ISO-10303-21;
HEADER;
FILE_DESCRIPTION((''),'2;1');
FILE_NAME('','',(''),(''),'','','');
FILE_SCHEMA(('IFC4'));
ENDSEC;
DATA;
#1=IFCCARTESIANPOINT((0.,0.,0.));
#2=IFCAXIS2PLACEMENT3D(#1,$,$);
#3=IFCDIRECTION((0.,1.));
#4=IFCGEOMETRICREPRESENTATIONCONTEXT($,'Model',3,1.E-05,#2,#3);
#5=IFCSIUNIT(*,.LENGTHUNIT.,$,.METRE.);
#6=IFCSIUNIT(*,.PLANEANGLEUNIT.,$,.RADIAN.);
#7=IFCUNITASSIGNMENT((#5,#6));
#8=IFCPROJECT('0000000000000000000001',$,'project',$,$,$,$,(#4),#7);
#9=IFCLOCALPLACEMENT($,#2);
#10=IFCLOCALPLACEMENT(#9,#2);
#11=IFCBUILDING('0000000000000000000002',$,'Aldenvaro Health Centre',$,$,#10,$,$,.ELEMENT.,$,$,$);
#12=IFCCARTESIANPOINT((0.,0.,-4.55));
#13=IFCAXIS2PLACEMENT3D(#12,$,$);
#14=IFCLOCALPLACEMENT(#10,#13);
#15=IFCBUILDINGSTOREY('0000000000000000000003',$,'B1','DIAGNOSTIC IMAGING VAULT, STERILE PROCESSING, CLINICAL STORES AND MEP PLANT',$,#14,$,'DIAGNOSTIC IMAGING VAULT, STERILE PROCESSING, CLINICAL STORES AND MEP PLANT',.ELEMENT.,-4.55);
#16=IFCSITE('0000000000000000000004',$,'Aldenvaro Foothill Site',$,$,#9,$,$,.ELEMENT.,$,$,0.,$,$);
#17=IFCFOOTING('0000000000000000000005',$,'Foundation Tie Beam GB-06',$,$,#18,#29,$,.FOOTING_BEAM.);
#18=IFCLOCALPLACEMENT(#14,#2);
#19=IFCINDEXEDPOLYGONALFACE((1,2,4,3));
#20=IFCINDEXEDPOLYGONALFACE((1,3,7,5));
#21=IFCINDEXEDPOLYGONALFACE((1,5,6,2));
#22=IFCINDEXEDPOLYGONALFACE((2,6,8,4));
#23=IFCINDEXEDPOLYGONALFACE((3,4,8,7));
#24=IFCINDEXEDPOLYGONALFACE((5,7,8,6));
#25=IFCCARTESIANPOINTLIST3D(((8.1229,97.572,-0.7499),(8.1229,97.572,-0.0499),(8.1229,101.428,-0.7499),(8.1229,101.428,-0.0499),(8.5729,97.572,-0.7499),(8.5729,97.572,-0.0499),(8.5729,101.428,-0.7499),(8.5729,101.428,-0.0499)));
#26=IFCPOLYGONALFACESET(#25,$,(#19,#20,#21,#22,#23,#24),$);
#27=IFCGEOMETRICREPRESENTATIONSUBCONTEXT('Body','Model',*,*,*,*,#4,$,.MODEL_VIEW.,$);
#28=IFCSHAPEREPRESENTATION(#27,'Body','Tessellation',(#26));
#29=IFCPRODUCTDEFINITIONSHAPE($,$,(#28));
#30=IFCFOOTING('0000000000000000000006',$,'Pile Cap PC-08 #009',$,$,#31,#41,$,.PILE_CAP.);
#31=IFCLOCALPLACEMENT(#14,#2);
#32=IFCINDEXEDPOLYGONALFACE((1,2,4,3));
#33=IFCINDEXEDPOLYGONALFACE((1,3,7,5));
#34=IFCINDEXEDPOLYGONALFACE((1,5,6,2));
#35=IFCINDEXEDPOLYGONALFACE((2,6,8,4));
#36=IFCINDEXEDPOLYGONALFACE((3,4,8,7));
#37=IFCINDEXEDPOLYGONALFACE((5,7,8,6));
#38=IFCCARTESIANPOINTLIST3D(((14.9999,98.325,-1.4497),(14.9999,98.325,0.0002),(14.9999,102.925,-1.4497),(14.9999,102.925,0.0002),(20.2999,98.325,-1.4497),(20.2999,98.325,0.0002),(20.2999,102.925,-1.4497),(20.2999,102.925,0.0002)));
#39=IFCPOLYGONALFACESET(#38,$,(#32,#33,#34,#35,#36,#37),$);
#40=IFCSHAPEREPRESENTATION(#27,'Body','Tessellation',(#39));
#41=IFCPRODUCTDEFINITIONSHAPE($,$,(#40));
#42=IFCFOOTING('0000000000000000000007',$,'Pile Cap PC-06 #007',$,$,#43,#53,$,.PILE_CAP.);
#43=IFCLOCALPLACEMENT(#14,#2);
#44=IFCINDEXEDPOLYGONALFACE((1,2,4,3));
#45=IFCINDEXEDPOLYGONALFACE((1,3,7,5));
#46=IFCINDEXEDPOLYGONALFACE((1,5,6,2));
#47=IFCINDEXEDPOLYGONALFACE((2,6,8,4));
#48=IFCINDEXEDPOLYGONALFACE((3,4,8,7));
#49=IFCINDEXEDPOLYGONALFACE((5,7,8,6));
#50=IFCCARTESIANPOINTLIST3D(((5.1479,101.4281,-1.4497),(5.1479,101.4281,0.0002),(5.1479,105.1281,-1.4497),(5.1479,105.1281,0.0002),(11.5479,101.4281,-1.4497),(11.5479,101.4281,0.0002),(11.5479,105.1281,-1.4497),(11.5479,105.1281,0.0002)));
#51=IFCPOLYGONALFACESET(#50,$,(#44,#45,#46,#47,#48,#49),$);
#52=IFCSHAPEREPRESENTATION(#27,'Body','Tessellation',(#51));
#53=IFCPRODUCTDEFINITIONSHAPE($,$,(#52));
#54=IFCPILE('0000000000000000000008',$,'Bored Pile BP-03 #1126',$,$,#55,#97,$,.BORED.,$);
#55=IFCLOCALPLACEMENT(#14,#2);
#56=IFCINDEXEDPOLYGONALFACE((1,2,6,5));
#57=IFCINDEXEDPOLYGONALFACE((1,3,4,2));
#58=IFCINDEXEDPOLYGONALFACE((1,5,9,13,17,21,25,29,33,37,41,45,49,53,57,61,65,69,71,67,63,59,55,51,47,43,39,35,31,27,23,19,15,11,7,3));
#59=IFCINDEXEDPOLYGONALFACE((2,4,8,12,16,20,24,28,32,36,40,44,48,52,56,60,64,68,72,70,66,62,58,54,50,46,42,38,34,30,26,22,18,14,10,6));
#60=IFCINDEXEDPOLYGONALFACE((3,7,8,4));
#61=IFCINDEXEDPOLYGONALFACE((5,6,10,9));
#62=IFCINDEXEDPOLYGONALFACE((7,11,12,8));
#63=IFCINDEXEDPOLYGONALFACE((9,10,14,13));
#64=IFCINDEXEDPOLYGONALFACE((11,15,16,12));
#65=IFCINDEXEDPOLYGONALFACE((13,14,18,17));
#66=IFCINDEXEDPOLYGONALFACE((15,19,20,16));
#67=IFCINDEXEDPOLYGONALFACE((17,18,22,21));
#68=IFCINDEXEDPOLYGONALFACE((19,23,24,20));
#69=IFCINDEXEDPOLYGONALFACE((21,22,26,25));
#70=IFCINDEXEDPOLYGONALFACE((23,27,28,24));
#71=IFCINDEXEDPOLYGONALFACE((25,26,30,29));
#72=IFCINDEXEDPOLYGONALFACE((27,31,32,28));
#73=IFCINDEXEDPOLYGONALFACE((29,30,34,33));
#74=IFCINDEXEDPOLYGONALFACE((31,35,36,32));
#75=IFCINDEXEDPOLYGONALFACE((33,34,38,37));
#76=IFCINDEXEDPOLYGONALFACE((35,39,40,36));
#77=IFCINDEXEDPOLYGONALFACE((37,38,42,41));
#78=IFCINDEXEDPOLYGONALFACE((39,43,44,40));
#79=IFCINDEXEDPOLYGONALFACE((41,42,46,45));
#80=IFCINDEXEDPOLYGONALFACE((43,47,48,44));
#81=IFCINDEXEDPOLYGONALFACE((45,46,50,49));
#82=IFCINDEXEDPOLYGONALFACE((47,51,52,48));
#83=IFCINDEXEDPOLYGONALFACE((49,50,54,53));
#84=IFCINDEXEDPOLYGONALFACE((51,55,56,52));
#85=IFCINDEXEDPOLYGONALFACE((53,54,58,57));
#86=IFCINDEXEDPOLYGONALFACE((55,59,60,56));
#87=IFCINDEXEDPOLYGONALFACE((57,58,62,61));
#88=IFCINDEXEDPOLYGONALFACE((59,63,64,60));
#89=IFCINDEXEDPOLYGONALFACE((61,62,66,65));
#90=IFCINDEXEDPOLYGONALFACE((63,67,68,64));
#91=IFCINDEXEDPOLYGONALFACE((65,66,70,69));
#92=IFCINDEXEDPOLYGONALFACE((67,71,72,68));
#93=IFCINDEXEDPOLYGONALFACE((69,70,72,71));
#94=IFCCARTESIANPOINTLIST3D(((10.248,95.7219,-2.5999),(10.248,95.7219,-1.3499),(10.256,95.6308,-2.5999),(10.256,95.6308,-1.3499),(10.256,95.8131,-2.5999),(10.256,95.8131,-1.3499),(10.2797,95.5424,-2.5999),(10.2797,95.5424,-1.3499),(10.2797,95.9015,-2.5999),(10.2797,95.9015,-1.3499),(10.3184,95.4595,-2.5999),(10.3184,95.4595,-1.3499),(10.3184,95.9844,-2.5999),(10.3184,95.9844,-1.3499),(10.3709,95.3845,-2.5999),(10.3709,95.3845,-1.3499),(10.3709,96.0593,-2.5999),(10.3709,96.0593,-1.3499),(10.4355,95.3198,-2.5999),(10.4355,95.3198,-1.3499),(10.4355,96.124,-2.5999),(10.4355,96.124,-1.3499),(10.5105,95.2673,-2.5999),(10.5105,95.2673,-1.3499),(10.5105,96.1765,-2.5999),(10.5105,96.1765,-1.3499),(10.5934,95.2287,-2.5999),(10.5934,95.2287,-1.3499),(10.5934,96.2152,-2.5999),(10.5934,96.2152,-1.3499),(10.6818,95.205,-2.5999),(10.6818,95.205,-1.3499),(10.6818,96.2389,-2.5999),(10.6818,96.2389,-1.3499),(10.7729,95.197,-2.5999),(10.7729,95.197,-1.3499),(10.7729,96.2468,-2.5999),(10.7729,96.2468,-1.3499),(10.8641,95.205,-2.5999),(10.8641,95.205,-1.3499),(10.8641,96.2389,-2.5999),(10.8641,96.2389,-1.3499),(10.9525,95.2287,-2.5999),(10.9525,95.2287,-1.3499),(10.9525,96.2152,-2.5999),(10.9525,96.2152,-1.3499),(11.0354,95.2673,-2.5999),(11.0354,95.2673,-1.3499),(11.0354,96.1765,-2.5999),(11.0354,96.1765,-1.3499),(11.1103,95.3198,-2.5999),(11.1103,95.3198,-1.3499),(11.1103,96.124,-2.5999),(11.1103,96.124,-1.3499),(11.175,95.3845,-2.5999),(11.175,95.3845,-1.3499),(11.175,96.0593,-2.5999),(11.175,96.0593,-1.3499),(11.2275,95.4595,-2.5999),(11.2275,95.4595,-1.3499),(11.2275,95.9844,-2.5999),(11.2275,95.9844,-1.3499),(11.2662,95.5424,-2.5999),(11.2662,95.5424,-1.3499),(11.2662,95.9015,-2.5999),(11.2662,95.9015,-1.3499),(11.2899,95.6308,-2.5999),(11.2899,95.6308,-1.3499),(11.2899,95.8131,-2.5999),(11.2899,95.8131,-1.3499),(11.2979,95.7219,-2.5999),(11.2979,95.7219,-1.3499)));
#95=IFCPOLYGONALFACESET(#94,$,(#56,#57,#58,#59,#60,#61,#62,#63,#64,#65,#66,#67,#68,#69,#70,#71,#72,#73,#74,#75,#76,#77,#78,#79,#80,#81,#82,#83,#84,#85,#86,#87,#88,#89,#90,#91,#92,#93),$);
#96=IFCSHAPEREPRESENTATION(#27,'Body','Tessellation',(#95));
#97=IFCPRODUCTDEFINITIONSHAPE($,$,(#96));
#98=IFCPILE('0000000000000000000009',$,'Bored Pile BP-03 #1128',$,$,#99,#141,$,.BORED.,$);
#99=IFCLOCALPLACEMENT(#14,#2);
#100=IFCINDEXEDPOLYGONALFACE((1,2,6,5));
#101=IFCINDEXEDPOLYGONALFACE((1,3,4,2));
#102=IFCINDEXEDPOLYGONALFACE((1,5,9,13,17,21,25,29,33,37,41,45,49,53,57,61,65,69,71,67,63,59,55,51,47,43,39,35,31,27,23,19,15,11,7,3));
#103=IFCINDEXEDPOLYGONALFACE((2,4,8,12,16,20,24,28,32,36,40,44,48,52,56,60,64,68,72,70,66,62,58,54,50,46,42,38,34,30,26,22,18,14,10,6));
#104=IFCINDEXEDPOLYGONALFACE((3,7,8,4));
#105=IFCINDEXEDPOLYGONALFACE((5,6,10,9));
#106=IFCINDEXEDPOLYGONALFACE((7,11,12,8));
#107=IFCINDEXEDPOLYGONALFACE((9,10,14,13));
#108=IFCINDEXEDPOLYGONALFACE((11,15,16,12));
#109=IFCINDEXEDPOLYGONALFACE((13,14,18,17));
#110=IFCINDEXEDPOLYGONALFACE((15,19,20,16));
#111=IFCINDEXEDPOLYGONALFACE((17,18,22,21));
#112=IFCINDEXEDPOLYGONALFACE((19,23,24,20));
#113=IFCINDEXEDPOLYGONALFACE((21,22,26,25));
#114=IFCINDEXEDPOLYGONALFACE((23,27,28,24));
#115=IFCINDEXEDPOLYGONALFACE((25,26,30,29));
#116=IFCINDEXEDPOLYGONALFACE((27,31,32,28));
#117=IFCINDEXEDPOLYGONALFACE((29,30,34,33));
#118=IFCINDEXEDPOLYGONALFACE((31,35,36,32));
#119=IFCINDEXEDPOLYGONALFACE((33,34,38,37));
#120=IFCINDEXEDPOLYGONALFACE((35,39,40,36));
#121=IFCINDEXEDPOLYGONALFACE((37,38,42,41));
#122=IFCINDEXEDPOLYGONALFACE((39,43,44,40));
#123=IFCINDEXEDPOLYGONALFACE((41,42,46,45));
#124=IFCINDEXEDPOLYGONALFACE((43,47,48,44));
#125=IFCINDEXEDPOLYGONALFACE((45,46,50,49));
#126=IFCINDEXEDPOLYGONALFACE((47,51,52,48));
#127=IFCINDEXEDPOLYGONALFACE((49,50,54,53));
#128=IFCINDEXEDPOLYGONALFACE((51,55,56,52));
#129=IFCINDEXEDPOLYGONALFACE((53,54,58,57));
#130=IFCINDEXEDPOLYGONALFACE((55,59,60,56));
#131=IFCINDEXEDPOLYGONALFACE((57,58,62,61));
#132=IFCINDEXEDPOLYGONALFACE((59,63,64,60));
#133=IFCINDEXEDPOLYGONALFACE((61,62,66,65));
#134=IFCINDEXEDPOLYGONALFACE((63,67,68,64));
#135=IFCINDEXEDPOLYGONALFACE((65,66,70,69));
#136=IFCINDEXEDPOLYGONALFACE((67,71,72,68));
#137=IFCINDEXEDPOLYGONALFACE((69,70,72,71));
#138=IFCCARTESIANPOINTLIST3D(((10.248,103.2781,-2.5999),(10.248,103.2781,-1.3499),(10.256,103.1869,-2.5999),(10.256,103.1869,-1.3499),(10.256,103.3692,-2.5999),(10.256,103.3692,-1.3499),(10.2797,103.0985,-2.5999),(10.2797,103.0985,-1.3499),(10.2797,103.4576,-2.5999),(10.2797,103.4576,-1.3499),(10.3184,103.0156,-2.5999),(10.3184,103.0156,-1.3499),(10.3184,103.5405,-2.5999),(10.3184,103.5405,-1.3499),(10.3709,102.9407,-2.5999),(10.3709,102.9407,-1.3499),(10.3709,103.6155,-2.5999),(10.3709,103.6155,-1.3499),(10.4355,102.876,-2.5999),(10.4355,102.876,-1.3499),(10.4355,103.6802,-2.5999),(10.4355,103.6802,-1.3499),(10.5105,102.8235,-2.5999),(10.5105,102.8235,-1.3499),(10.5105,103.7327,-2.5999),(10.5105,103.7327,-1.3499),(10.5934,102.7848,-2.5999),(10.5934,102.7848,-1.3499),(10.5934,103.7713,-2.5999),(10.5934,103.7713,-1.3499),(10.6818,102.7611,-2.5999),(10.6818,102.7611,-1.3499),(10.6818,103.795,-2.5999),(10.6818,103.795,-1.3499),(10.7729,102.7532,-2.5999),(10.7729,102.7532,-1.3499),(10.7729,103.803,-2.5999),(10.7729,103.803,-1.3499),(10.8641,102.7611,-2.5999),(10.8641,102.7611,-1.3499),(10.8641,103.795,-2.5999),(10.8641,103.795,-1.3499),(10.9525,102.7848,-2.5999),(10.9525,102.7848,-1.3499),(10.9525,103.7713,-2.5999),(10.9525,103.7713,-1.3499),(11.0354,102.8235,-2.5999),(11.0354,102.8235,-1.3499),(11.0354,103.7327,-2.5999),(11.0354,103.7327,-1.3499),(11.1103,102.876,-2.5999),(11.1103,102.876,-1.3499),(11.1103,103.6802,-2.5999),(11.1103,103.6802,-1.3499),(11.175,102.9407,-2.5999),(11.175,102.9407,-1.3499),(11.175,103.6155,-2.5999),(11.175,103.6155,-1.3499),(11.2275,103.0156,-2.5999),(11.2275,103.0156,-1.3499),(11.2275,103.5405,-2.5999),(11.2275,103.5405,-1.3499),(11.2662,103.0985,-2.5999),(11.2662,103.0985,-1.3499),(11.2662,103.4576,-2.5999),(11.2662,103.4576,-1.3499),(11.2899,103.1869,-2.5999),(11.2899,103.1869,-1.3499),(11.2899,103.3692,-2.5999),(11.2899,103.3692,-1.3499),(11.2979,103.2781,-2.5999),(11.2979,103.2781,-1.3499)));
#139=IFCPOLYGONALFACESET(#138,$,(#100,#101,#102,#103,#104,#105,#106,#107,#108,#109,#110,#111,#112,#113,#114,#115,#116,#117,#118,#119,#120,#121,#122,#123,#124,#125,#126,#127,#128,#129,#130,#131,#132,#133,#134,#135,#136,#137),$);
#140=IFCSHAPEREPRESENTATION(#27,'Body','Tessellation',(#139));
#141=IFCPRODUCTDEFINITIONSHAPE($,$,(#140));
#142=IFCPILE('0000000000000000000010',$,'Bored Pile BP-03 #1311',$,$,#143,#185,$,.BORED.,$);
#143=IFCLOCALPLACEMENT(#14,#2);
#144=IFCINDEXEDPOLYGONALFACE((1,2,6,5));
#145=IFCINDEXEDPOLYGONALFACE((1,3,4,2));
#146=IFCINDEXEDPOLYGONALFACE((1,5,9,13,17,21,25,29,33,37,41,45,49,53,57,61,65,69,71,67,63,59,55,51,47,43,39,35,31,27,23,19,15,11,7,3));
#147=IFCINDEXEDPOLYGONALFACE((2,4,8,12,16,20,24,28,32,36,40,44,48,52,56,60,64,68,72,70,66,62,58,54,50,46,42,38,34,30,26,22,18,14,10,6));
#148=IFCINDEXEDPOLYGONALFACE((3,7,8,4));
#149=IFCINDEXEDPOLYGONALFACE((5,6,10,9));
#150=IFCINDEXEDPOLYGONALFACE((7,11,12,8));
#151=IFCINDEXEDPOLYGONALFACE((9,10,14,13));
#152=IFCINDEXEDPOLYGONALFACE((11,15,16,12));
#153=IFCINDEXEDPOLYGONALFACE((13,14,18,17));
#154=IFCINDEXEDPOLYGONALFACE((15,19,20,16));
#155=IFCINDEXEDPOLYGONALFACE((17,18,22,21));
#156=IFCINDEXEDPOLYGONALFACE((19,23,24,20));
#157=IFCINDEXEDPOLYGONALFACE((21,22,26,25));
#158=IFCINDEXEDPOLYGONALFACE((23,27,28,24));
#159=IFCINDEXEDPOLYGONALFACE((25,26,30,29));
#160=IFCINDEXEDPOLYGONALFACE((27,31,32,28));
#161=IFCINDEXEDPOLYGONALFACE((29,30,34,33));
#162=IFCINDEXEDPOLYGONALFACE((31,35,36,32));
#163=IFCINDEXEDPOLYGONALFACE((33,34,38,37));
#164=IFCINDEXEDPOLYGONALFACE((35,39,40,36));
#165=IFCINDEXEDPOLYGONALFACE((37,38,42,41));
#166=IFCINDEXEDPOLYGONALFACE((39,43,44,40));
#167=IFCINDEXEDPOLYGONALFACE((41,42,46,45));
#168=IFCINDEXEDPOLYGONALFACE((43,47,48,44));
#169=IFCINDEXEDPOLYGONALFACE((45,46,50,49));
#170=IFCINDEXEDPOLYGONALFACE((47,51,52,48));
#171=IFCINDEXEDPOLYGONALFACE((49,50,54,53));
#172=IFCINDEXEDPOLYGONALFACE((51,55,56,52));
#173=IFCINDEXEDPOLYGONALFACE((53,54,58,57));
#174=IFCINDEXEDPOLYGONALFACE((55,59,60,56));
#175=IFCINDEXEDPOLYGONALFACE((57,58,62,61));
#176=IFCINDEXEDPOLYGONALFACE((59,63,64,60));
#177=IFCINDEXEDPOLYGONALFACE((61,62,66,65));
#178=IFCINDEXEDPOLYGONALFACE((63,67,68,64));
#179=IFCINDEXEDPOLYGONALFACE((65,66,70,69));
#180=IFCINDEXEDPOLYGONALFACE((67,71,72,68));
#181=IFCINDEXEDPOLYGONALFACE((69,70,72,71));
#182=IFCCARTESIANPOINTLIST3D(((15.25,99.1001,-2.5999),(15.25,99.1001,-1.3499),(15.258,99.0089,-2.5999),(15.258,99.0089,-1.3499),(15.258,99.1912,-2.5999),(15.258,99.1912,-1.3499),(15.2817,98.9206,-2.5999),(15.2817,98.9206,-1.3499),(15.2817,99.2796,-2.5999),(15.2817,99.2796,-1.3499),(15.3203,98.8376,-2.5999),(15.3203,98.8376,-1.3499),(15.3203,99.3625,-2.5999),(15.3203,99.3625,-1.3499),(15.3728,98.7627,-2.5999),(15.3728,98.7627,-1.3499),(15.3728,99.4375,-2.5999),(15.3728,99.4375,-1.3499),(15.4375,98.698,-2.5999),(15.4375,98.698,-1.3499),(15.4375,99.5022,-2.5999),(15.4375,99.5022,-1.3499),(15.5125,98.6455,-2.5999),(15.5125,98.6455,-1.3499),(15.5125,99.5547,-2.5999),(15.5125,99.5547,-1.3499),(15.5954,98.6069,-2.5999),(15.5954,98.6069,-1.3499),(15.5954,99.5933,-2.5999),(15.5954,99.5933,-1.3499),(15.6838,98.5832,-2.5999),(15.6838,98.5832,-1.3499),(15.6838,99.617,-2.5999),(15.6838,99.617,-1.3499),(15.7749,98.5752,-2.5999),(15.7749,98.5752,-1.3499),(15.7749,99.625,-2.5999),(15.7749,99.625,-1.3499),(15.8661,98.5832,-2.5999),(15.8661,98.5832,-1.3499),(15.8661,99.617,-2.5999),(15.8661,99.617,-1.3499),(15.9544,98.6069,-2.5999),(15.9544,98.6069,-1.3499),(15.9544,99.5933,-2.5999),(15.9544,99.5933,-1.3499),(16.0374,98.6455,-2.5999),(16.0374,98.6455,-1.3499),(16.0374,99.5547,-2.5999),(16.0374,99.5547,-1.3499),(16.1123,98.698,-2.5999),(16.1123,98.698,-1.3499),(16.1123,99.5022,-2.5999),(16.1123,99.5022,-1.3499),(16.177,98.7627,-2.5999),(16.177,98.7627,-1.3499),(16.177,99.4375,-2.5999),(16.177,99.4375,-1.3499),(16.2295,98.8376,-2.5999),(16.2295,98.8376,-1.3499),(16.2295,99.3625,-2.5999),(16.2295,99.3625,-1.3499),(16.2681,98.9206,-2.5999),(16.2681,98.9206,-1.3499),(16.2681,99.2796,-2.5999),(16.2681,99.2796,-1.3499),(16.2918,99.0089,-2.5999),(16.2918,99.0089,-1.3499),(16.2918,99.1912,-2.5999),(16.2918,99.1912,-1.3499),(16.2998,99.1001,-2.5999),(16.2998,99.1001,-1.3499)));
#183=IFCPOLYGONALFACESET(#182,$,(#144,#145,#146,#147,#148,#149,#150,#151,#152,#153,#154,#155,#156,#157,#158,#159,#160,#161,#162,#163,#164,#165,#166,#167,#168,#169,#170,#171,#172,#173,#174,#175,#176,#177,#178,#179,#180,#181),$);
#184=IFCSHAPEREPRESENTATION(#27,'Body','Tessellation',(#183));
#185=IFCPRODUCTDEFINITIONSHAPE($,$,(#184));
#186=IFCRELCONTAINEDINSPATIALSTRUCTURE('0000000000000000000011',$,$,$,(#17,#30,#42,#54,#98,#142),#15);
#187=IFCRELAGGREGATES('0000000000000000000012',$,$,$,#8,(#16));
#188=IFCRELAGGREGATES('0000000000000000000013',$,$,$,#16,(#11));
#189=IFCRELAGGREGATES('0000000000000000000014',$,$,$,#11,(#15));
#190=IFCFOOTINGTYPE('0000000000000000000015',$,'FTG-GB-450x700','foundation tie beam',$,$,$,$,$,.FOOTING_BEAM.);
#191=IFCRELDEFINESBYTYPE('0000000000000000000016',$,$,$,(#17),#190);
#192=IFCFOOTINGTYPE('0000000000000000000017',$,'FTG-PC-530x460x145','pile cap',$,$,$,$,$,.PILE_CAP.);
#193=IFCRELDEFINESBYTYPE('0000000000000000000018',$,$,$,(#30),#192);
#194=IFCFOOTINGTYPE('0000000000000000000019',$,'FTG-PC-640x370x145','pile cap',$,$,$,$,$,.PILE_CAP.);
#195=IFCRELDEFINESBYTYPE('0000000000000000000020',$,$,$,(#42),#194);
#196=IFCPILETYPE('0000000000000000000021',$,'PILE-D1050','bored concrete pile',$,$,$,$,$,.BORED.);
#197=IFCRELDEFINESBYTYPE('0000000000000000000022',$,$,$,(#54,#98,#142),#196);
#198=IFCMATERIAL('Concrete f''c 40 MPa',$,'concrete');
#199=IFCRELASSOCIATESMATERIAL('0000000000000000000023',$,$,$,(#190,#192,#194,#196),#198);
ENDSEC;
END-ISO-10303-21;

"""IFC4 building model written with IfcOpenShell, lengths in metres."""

from ifc_helpers import new_model, si_unit, direction, frame, origin, origin_2d, place, context, subcontext, project, spatial, rectangle, circle, extrude, material, material_profile, profile_set, type_object, element, save


model = new_model("IFC4")

# Units and contexts
model_context = context("Model", 3, precision=1e-05, world=origin(), true_north=direction((0.0, 1.0)))
body_context = subcontext(model_context, "Body", "Model", "MODEL_VIEW")
ifc_project = project(units=[si_unit("LENGTHUNIT", "METRE"), si_unit("PLANEANGLEUNIT", "RADIAN")], contexts=[model_context])

# Site, building, storey
site_placement = place(None, origin())
site = spatial("IfcSite", under=ifc_project, at=site_placement, Name="Aldenvaro Foothill Site", CompositionType="ELEMENT", RefElevation=0.0)
building_placement = place(site_placement, origin())
building = spatial("IfcBuilding", under=site, at=building_placement, Name="Aldenvaro Health Centre", CompositionType="ELEMENT")
storey_placement = place(building_placement, frame((0.0, 0.0, -4.55)))
storey = spatial("IfcBuildingStorey", under=building, at=storey_placement, Name="B1", Description="DIAGNOSTIC IMAGING VAULT, STERILE PROCESSING, CLINICAL STORES AND MEP PLANT", LongName="DIAGNOSTIC IMAGING VAULT, STERILE PROCESSING, CLINICAL STORES AND MEP PLANT", CompositionType="ELEMENT", Elevation=-4.55)

# Footings
ifc_material_1 = material(Name="Concrete f'c 40 MPa", Category="concrete")
ifc_material_profile_1 = material_profile(ifc_material_1, rectangle(XDim=0.45, YDim=0.7, at=origin_2d()), Name="GB 450x700", Category="concrete")
ifc_profile_set_1 = profile_set([ifc_material_profile_1], Name="Concrete f'c 40 MPa")
footing_type_1 = type_object("IfcFootingType", Name="FTG-GB-450x700", Description="foundation tie beam", PredefinedType="FOOTING_BEAM", material=ifc_profile_set_1)
footing_1_placement = place(storey_placement, frame((8.3479, 97.572, -0.3999), z_axis=(0.0, 1.0, 0.0), x_axis=(-1.0, 0.0, 0.0)))
element("IfcFooting", 1, at=footing_1_placement, inside=storey, type_object=footing_type_1, Name="Foundation Tie Beam GB-06", PredefinedType="FOOTING_BEAM", context=body_context, shape_type="SweptSolid", body=[
    extrude(rectangle(XDim=0.45, YDim=0.7, at=origin_2d()), origin(), (0.0, 0.0, 1.0), 3.856),
])
footing_type_2 = type_object("IfcFootingType", Name="FTG-PC-530x460x145", Description="pile cap", PredefinedType="PILE_CAP", material=ifc_material_1)
footing_2_placement = place(storey_placement, frame((17.6499, 100.625, -1.4497), z_axis=(0.0, 0.0, 1.0), x_axis=(1.0, 0.0, 0.0)))
element("IfcFooting", 2, at=footing_2_placement, inside=storey, type_object=footing_type_2, Name="Pile Cap PC-08 #009", PredefinedType="PILE_CAP", context=body_context, shape_type="SweptSolid", body=[
    extrude(rectangle(XDim=5.3, YDim=4.6001, at=origin_2d()), origin(), (0.0, 0.0, 1.0), 1.45),
])
footing_type_3 = type_object("IfcFootingType", Name="FTG-PC-640x370x145", Description="pile cap", PredefinedType="PILE_CAP", material=ifc_material_1)
footing_3_placement = place(storey_placement, frame((8.3479, 103.2781, -1.4497), z_axis=(0.0, 0.0, 1.0), x_axis=(1.0, 0.0, 0.0)))
element("IfcFooting", 3, at=footing_3_placement, inside=storey, type_object=footing_type_3, Name="Pile Cap PC-06 #007", PredefinedType="PILE_CAP", context=body_context, shape_type="SweptSolid", body=[
    extrude(rectangle(XDim=6.3999, YDim=3.7, at=origin_2d()), origin(), (0.0, 0.0, 1.0), 1.45),
])

# Piles
ifc_material_profile_2 = material_profile(ifc_material_1, circle(Radius=0.5249, at=origin_2d()), Name="PILE D1050", Category="concrete")
ifc_profile_set_2 = profile_set([ifc_material_profile_2], Name="Concrete f'c 40 MPa")
pile_type = type_object("IfcPileType", Name="PILE-D1050", Description="bored concrete pile", PredefinedType="BORED", material=ifc_profile_set_2)
for number, where, z_axis, x_axis, name in (
    (4, (10.7729, 95.7219, -1.3499), (0.0, 0.0, -1.0), (1.0, 0.0, 0.0), "Bored Pile BP-03 #1126"),
    (5, (10.7729, 103.2781, -1.3499), (0.0, 0.0, -1.0), (1.0, 0.0, 0.0), "Bored Pile BP-03 #1128"),
    (6, (15.7749, 99.1001, -1.3499), (0.0, 0.0, -1.0), (1.0, 0.0, 0.0), "Bored Pile BP-03 #1311"),
):
    element("IfcPile", number, at=place(storey_placement, frame(where, z_axis=z_axis, x_axis=x_axis)), inside=storey, type_object=pile_type, Name=name, PredefinedType="BORED", context=body_context, shape_type="SweptSolid", body=[
        extrude(circle(Radius=0.5249, at=origin_2d()), origin(), (0.0, 0.0, 1.0), 1.25),
    ])

save(model, "model.ifc")
